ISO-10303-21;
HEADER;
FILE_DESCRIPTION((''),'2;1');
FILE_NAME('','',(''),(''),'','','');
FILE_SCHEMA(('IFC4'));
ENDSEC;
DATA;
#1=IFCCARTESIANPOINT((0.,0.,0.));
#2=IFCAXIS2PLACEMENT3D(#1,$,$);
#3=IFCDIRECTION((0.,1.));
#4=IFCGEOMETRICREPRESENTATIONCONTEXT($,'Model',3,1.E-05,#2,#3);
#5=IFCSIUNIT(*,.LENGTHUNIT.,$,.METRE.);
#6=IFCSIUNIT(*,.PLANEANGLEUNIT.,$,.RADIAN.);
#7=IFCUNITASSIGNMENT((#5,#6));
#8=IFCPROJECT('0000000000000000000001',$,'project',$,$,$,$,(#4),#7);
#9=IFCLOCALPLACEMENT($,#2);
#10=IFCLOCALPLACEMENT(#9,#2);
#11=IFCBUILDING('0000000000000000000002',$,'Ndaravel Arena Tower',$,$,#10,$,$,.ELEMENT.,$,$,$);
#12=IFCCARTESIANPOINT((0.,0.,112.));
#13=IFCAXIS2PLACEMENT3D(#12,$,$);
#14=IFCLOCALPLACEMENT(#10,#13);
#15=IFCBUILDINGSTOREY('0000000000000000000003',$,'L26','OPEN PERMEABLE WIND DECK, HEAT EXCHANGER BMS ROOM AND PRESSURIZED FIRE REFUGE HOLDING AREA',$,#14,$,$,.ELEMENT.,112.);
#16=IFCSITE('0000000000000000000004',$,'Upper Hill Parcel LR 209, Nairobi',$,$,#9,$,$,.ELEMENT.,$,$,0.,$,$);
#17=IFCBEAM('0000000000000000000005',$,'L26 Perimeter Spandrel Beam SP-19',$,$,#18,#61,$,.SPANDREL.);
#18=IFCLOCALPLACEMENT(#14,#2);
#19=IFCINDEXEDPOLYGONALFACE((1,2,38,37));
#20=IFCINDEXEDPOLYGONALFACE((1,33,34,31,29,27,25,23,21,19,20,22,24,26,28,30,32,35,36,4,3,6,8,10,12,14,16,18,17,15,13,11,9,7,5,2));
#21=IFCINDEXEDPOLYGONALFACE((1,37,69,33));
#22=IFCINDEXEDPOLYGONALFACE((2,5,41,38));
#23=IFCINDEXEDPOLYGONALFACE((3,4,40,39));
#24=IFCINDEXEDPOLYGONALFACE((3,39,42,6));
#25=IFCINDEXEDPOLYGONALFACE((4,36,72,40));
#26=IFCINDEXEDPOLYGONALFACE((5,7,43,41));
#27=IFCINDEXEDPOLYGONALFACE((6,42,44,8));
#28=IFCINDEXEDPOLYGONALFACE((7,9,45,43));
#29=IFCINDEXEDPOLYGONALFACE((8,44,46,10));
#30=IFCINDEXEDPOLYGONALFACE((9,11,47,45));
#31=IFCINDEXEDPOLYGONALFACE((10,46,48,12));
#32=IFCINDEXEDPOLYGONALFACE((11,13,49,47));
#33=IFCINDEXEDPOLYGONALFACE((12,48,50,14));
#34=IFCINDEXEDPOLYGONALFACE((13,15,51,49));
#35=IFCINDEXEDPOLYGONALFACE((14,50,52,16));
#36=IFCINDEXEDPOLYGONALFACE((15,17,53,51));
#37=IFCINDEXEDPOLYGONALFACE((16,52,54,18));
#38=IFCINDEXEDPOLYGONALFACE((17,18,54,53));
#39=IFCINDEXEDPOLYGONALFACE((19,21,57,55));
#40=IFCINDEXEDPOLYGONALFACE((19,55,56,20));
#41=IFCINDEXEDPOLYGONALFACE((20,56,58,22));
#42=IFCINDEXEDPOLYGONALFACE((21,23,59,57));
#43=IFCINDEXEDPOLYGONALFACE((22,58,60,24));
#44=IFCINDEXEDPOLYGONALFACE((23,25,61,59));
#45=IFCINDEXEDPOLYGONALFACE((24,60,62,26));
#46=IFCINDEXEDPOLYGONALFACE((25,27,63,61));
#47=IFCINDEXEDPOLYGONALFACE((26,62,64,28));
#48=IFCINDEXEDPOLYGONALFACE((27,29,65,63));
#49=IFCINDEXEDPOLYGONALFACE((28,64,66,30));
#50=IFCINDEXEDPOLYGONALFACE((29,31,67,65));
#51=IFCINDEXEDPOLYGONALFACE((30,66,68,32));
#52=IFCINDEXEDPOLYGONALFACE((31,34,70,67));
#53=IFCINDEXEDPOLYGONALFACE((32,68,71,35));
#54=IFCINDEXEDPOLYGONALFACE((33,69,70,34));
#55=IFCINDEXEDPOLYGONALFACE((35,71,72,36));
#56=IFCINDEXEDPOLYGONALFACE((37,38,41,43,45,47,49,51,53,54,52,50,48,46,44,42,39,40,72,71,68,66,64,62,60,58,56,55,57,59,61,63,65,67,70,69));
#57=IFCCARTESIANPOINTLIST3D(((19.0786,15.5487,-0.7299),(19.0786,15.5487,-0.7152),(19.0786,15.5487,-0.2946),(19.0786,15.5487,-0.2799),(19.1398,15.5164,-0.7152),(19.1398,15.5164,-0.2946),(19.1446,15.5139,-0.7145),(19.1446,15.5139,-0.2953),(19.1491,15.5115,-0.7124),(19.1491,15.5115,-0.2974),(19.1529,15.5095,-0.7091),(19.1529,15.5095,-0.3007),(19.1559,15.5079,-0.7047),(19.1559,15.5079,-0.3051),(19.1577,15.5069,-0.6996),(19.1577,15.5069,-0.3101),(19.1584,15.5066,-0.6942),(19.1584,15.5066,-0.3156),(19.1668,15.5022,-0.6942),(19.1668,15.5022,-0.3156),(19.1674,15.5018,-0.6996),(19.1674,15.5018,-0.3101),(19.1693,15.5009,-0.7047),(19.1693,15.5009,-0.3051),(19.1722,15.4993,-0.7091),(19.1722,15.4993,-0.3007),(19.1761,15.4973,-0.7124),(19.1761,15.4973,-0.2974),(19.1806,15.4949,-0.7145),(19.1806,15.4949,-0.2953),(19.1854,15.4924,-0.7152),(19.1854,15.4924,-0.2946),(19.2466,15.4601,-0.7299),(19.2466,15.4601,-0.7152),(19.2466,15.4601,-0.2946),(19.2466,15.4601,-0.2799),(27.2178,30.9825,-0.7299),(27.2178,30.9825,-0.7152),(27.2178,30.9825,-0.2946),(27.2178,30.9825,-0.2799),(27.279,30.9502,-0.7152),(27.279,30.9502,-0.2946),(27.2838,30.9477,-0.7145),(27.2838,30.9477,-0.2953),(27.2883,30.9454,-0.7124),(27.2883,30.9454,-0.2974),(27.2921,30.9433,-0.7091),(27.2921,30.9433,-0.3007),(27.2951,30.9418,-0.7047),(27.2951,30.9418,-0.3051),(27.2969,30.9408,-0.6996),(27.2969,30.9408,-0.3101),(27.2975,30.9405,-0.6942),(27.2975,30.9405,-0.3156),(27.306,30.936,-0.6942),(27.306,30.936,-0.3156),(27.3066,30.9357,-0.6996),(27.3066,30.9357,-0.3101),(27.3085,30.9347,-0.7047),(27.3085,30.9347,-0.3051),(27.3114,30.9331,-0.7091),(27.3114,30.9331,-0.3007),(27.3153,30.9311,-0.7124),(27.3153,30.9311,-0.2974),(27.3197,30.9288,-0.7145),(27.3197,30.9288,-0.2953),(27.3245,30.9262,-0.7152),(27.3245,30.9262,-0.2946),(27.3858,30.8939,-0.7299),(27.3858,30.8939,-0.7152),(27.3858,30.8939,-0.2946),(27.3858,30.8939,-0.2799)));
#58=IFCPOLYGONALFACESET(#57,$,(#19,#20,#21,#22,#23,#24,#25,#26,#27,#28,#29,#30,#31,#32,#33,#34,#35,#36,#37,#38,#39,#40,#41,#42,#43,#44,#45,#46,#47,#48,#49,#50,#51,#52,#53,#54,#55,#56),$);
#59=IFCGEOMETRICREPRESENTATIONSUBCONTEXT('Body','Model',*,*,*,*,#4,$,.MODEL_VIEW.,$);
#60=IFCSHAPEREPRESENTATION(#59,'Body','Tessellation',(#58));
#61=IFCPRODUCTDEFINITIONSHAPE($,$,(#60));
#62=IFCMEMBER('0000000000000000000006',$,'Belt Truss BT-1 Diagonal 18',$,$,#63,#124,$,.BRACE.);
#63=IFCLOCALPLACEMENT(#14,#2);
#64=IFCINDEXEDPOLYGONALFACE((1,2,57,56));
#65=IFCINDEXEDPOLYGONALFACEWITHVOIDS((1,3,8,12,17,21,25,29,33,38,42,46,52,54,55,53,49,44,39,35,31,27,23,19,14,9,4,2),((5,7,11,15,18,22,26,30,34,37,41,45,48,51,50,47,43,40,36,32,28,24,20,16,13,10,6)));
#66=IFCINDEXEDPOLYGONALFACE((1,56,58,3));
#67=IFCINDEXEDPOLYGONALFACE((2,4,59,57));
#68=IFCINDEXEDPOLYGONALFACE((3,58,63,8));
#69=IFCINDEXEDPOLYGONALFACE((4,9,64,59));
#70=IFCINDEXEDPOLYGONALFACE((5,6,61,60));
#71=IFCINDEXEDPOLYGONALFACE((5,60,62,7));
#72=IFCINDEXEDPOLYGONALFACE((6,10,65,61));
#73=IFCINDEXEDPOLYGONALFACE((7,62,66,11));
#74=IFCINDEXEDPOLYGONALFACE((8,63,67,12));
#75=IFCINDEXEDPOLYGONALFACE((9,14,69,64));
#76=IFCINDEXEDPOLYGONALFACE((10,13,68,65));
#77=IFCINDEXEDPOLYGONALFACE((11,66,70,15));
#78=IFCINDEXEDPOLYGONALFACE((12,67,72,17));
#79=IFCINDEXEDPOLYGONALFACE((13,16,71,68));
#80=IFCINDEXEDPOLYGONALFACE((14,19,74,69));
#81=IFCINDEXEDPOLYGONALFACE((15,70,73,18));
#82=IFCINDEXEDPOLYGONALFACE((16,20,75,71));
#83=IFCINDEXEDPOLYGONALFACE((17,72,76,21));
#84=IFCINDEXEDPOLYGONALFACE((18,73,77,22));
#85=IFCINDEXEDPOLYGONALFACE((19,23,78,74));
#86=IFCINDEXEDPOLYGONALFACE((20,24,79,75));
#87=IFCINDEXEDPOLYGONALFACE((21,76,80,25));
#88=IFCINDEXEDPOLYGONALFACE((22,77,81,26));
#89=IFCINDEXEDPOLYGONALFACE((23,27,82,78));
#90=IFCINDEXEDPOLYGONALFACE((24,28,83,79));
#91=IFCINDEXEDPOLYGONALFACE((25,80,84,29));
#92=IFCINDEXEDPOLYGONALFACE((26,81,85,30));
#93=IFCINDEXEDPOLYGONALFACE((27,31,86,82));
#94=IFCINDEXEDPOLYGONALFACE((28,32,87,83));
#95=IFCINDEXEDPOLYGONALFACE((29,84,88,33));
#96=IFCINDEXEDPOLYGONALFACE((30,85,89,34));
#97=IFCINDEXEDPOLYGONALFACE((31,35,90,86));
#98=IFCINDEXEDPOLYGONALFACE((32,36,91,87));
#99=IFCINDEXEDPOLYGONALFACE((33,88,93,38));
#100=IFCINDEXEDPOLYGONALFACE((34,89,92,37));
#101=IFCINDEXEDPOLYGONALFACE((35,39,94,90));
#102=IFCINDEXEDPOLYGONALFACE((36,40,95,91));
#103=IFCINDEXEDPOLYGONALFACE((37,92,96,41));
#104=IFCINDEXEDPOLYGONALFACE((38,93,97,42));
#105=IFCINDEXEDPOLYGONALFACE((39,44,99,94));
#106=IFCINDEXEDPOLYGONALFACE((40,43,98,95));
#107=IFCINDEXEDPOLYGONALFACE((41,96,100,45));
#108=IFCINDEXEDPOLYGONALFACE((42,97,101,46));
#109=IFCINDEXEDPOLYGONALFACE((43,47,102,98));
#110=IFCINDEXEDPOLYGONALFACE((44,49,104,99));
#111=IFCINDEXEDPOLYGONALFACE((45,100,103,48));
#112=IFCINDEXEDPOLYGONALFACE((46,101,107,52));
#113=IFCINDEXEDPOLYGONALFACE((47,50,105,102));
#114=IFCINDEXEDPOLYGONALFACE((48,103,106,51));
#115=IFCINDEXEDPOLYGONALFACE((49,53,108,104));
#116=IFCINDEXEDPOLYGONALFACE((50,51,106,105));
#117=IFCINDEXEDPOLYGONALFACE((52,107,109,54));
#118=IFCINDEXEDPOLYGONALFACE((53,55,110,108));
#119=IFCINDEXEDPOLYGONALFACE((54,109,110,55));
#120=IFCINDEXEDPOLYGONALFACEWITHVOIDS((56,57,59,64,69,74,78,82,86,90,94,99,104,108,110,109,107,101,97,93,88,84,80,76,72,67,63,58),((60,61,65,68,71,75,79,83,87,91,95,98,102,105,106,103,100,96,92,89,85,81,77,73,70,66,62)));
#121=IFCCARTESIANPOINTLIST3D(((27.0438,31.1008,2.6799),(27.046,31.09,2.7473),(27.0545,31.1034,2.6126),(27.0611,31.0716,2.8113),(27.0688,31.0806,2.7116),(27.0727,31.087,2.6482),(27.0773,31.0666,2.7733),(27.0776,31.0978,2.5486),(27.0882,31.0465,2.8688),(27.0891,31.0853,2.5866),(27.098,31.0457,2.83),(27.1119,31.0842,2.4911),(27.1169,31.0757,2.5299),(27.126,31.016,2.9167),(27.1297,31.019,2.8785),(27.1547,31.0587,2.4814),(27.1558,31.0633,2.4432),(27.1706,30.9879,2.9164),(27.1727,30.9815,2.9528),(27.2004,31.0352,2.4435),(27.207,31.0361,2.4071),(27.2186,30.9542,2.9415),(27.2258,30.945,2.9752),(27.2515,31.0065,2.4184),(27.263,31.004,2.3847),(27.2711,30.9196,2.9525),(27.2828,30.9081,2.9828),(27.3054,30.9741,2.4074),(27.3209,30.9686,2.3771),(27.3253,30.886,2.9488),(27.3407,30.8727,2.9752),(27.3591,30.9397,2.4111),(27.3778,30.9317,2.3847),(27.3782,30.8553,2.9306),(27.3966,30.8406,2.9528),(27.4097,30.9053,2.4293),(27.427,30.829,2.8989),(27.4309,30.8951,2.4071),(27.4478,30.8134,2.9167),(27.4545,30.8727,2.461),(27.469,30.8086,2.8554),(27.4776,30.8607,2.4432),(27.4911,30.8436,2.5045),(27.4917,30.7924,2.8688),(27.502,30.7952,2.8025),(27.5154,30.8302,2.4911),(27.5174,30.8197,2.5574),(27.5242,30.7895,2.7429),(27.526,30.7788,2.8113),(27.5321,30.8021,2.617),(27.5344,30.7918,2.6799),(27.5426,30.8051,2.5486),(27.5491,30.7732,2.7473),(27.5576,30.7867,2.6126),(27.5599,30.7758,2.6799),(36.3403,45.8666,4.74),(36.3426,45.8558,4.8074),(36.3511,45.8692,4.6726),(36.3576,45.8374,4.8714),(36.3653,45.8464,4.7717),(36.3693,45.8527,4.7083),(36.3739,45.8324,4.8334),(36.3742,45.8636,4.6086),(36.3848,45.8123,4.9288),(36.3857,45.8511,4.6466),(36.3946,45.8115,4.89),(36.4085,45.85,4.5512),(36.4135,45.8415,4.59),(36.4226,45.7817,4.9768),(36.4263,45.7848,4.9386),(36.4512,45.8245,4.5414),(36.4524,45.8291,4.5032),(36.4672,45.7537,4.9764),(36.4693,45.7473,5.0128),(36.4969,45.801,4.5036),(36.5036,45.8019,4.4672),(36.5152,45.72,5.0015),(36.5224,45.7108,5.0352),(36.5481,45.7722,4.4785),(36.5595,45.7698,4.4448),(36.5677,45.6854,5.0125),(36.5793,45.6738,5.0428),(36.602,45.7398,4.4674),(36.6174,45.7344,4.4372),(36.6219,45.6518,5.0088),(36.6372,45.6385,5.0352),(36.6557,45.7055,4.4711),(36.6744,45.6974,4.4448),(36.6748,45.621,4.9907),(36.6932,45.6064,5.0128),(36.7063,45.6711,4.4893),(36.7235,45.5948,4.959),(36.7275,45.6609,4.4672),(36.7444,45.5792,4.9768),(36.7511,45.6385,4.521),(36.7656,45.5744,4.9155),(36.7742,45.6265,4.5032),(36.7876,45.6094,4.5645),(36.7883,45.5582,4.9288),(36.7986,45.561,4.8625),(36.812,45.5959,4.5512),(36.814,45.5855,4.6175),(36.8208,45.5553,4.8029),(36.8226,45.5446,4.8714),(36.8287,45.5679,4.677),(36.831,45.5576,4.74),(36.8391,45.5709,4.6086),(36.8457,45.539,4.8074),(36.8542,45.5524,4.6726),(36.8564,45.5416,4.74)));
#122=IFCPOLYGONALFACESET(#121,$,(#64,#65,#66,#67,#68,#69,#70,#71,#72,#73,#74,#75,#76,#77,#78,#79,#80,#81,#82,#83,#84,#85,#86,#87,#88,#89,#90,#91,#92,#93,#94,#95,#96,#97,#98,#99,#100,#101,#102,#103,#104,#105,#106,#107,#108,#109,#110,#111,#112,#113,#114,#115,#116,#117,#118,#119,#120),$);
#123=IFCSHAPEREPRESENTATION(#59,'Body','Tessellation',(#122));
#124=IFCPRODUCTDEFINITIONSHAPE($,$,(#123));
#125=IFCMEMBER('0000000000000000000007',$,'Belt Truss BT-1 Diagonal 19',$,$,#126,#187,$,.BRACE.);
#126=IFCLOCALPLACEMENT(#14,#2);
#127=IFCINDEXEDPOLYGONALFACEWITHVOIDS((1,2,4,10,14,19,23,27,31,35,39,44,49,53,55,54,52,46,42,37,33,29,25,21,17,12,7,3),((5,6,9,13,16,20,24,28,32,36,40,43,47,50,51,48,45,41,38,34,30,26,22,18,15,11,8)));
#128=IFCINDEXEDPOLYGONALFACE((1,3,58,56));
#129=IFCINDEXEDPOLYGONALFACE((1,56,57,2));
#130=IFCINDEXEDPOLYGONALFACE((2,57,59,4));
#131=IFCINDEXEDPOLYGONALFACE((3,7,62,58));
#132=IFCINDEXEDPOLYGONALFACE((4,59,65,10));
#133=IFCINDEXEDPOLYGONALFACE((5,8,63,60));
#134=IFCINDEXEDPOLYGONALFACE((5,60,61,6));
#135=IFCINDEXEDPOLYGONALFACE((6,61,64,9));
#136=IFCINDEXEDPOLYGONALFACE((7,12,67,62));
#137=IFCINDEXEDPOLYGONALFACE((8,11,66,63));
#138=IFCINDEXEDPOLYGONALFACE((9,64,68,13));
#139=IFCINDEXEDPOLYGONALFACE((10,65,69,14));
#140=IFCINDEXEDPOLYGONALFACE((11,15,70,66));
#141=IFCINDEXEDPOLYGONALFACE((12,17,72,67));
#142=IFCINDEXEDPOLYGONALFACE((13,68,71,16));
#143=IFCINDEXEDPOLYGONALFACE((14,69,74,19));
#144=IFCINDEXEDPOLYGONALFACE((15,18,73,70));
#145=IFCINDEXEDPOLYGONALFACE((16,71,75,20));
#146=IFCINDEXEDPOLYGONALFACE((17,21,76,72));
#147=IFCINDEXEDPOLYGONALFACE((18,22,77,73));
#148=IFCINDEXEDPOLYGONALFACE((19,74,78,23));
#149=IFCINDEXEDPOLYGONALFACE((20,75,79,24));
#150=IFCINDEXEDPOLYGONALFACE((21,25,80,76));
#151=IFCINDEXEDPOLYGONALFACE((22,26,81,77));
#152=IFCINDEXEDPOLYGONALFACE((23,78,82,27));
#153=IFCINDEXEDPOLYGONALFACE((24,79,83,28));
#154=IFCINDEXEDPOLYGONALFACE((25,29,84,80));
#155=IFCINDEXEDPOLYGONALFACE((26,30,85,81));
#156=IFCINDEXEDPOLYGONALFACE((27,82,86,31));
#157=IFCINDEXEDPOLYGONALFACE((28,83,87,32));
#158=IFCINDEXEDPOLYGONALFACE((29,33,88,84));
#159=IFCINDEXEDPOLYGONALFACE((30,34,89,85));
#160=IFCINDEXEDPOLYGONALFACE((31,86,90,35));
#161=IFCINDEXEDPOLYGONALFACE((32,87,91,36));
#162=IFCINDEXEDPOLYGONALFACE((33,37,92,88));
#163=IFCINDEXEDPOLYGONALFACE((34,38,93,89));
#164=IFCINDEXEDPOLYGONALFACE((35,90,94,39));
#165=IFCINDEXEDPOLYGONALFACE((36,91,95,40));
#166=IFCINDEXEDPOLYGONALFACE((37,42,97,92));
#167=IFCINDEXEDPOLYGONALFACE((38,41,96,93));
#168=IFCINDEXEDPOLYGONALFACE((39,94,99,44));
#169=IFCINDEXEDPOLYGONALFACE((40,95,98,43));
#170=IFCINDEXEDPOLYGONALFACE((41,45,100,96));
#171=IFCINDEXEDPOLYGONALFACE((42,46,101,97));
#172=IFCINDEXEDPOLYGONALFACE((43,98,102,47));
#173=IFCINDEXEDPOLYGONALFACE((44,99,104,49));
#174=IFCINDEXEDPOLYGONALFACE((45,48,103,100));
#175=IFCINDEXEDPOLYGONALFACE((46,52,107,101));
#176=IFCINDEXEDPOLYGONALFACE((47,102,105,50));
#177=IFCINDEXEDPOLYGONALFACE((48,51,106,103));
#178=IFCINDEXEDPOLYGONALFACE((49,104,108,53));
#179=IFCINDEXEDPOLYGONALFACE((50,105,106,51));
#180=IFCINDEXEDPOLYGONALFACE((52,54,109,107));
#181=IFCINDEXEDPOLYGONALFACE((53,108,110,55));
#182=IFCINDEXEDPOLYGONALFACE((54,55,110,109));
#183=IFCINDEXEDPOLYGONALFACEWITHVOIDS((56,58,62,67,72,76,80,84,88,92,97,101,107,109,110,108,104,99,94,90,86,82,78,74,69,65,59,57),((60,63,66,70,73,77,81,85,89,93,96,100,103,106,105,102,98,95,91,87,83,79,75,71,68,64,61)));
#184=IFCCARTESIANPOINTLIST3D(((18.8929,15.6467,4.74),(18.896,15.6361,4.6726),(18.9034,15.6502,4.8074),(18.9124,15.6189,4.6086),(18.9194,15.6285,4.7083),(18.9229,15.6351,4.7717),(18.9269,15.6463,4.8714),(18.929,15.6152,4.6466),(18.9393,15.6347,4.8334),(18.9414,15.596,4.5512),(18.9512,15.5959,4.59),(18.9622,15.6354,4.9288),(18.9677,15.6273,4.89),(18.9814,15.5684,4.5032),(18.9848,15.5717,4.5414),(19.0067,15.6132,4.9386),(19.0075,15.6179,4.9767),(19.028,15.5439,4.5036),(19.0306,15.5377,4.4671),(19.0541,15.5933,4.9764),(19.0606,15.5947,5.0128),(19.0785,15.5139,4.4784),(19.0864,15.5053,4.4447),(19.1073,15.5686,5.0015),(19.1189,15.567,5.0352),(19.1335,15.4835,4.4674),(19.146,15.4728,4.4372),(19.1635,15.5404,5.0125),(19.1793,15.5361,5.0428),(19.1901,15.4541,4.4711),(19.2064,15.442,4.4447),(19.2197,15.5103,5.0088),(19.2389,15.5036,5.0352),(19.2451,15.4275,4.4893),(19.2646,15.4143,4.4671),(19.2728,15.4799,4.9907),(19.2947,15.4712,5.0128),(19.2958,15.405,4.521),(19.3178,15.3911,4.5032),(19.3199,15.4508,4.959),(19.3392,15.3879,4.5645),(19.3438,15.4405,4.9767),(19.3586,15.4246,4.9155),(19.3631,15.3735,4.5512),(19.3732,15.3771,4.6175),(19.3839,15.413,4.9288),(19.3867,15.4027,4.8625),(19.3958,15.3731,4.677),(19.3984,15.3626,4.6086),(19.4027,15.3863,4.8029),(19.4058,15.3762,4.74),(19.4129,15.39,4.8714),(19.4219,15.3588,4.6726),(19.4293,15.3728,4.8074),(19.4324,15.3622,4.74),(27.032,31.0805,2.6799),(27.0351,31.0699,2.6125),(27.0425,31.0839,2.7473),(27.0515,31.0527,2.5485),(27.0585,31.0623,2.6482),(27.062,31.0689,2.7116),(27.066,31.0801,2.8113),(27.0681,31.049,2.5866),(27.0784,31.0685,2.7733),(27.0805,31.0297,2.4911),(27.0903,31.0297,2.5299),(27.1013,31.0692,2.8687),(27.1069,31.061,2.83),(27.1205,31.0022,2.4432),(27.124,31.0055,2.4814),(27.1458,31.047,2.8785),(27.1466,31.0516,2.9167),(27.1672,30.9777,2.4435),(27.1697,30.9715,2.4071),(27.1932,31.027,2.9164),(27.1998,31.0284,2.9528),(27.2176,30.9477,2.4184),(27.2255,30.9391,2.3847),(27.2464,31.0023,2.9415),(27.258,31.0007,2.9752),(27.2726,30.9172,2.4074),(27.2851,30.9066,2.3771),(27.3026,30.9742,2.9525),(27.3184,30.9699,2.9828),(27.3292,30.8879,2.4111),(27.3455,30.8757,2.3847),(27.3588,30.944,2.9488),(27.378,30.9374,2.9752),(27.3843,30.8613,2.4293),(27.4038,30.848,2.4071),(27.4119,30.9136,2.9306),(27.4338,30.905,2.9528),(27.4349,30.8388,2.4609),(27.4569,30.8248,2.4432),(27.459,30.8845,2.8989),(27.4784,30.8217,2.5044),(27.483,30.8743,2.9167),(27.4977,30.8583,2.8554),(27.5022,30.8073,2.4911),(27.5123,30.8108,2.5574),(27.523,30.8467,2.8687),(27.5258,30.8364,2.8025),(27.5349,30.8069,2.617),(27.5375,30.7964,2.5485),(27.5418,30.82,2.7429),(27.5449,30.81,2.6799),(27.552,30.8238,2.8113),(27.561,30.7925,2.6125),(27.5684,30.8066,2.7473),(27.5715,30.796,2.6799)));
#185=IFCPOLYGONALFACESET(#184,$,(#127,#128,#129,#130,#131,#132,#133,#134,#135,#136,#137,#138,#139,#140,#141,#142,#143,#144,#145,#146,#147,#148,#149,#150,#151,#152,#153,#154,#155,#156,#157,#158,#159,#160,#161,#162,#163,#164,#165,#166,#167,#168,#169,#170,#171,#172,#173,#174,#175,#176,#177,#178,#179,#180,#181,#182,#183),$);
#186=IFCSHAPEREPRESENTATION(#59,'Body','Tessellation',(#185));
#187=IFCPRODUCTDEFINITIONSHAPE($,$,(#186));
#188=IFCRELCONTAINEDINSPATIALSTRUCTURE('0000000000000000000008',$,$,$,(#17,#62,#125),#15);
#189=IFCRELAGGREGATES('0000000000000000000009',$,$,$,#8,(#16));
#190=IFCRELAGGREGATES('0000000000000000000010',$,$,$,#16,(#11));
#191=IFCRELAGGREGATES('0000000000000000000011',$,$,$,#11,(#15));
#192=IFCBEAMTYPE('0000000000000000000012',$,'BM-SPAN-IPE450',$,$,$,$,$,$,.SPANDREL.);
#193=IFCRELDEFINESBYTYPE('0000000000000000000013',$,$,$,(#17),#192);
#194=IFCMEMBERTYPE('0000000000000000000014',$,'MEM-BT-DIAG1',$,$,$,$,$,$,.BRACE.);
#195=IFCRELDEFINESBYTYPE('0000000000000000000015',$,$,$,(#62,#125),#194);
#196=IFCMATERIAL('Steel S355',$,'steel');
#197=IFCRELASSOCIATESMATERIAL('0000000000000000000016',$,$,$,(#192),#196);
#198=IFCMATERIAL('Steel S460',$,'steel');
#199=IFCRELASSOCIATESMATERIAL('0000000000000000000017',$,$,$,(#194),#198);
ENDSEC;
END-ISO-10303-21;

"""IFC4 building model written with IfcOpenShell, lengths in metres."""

from ifc_helpers import new_model, si_unit, direction, frame, origin, origin_2d, place, context, subcontext, project, spatial, hollow_circle, i_section, extrude, material, material_profile, profile_set, type_object, element, save


model = new_model("IFC4")

# Units and contexts
model_context = context("Model", 3, precision=1e-05, world=origin(), true_north=direction((0.0, 1.0)))
body_context = subcontext(model_context, "Body", "Model", "MODEL_VIEW")
ifc_project = project(units=[si_unit("LENGTHUNIT", "METRE"), si_unit("PLANEANGLEUNIT", "RADIAN")], contexts=[model_context])

# Site, building, storey
site_placement = place(None, origin())
site = spatial("IfcSite", under=ifc_project, at=site_placement, Name="Upper Hill Parcel LR 209, Nairobi", CompositionType="ELEMENT", RefElevation=0.0)
building_placement = place(site_placement, origin())
building = spatial("IfcBuilding", under=site, at=building_placement, Name="Ndaravel Arena Tower", CompositionType="ELEMENT")
storey_placement = place(building_placement, frame((0.0, 0.0, 112.0)))
storey = spatial("IfcBuildingStorey", under=building, at=storey_placement, Name="L26", Description="OPEN PERMEABLE WIND DECK, HEAT EXCHANGER BMS ROOM AND PRESSURIZED FIRE REFUGE HOLDING AREA", CompositionType="ELEMENT", Elevation=112.0)

# Beam
ifc_material_1 = material(Name="Steel S355", Category="steel")
ifc_material_profile_1 = material_profile(ifc_material_1, i_section(OverallWidth=0.1899, OverallDepth=0.45, WebThickness=0.0095, FlangeThickness=0.0146, FilletRadius=0.021, at=origin_2d()), Name="IPE 450")
ifc_profile_set_1 = profile_set([ifc_material_profile_1], Name="Steel S355")
beam_type_1 = type_object("IfcBeamType", Name="BM-SPAN-IPE450", PredefinedType="SPANDREL", material=ifc_profile_set_1)
beam_1_placement = place(storey_placement, frame((27.3018, 30.9382, -0.5049), z_axis=(-0.466468, -0.884538, 0.0), x_axis=(0.884538, -0.466468, 0.0)))
element("IfcBeam", 1, at=beam_1_placement, inside=storey, type_object=beam_type_1, Name="L26 Perimeter Spandrel Beam SP-19", PredefinedType="SPANDREL", context=body_context, shape_type="SweptSolid", body=[
    extrude(i_section(OverallWidth=0.1899, OverallDepth=0.45, WebThickness=0.0095, FlangeThickness=0.0146, FilletRadius=0.021, at=origin_2d()), origin(), (0.0, 0.0, 1.0), 17.4485),
])

# Members
ifc_material_2 = material(Name="Steel S460", Category="steel")
ifc_material_profile_2 = material_profile(ifc_material_2, hollow_circle(Radius=0.3049, WallThickness=0.03, at=origin_2d()), Name="CHS 610x30")
ifc_profile_set_2 = profile_set([ifc_material_profile_2], Name="Steel S460")
member_type_1 = type_object("IfcMemberType", Name="MEM-BT-DIAG1", PredefinedType="BRACE", material=ifc_profile_set_2)
member_1_placement = place(storey_placement, frame((36.5984, 45.7041, 4.74), z_axis=(-0.529122, -0.840406, -0.117249), x_axis=(0.846243, -0.532797, 0.0)))
element("IfcMember", 2, at=member_1_placement, inside=storey, type_object=member_type_1, Name="Belt Truss BT-1 Diagonal 18", PredefinedType="BRACE", context=body_context, shape_type="SweptSolid", body=[
    extrude(hollow_circle(Radius=0.3049, WallThickness=0.03, at=origin_2d()), origin(), (0.0, 0.0, 1.0), 17.5698),
])
member_2_placement = place(storey_placement, frame((27.3018, 30.9382, 2.6799), z_axis=(-0.463251, -0.878437, 0.117251), x_axis=(0.884538, -0.466468, 0.0)))
element("IfcMember", 3, at=member_2_placement, inside=storey, type_object=member_type_1, Name="Belt Truss BT-1 Diagonal 19", PredefinedType="BRACE", context=body_context, shape_type="SweptSolid", body=[
    extrude(hollow_circle(Radius=0.3049, WallThickness=0.03, at=origin_2d()), origin(), (0.0, 0.0, 1.0), 17.5696),
])

save(model, "model.ifc")
